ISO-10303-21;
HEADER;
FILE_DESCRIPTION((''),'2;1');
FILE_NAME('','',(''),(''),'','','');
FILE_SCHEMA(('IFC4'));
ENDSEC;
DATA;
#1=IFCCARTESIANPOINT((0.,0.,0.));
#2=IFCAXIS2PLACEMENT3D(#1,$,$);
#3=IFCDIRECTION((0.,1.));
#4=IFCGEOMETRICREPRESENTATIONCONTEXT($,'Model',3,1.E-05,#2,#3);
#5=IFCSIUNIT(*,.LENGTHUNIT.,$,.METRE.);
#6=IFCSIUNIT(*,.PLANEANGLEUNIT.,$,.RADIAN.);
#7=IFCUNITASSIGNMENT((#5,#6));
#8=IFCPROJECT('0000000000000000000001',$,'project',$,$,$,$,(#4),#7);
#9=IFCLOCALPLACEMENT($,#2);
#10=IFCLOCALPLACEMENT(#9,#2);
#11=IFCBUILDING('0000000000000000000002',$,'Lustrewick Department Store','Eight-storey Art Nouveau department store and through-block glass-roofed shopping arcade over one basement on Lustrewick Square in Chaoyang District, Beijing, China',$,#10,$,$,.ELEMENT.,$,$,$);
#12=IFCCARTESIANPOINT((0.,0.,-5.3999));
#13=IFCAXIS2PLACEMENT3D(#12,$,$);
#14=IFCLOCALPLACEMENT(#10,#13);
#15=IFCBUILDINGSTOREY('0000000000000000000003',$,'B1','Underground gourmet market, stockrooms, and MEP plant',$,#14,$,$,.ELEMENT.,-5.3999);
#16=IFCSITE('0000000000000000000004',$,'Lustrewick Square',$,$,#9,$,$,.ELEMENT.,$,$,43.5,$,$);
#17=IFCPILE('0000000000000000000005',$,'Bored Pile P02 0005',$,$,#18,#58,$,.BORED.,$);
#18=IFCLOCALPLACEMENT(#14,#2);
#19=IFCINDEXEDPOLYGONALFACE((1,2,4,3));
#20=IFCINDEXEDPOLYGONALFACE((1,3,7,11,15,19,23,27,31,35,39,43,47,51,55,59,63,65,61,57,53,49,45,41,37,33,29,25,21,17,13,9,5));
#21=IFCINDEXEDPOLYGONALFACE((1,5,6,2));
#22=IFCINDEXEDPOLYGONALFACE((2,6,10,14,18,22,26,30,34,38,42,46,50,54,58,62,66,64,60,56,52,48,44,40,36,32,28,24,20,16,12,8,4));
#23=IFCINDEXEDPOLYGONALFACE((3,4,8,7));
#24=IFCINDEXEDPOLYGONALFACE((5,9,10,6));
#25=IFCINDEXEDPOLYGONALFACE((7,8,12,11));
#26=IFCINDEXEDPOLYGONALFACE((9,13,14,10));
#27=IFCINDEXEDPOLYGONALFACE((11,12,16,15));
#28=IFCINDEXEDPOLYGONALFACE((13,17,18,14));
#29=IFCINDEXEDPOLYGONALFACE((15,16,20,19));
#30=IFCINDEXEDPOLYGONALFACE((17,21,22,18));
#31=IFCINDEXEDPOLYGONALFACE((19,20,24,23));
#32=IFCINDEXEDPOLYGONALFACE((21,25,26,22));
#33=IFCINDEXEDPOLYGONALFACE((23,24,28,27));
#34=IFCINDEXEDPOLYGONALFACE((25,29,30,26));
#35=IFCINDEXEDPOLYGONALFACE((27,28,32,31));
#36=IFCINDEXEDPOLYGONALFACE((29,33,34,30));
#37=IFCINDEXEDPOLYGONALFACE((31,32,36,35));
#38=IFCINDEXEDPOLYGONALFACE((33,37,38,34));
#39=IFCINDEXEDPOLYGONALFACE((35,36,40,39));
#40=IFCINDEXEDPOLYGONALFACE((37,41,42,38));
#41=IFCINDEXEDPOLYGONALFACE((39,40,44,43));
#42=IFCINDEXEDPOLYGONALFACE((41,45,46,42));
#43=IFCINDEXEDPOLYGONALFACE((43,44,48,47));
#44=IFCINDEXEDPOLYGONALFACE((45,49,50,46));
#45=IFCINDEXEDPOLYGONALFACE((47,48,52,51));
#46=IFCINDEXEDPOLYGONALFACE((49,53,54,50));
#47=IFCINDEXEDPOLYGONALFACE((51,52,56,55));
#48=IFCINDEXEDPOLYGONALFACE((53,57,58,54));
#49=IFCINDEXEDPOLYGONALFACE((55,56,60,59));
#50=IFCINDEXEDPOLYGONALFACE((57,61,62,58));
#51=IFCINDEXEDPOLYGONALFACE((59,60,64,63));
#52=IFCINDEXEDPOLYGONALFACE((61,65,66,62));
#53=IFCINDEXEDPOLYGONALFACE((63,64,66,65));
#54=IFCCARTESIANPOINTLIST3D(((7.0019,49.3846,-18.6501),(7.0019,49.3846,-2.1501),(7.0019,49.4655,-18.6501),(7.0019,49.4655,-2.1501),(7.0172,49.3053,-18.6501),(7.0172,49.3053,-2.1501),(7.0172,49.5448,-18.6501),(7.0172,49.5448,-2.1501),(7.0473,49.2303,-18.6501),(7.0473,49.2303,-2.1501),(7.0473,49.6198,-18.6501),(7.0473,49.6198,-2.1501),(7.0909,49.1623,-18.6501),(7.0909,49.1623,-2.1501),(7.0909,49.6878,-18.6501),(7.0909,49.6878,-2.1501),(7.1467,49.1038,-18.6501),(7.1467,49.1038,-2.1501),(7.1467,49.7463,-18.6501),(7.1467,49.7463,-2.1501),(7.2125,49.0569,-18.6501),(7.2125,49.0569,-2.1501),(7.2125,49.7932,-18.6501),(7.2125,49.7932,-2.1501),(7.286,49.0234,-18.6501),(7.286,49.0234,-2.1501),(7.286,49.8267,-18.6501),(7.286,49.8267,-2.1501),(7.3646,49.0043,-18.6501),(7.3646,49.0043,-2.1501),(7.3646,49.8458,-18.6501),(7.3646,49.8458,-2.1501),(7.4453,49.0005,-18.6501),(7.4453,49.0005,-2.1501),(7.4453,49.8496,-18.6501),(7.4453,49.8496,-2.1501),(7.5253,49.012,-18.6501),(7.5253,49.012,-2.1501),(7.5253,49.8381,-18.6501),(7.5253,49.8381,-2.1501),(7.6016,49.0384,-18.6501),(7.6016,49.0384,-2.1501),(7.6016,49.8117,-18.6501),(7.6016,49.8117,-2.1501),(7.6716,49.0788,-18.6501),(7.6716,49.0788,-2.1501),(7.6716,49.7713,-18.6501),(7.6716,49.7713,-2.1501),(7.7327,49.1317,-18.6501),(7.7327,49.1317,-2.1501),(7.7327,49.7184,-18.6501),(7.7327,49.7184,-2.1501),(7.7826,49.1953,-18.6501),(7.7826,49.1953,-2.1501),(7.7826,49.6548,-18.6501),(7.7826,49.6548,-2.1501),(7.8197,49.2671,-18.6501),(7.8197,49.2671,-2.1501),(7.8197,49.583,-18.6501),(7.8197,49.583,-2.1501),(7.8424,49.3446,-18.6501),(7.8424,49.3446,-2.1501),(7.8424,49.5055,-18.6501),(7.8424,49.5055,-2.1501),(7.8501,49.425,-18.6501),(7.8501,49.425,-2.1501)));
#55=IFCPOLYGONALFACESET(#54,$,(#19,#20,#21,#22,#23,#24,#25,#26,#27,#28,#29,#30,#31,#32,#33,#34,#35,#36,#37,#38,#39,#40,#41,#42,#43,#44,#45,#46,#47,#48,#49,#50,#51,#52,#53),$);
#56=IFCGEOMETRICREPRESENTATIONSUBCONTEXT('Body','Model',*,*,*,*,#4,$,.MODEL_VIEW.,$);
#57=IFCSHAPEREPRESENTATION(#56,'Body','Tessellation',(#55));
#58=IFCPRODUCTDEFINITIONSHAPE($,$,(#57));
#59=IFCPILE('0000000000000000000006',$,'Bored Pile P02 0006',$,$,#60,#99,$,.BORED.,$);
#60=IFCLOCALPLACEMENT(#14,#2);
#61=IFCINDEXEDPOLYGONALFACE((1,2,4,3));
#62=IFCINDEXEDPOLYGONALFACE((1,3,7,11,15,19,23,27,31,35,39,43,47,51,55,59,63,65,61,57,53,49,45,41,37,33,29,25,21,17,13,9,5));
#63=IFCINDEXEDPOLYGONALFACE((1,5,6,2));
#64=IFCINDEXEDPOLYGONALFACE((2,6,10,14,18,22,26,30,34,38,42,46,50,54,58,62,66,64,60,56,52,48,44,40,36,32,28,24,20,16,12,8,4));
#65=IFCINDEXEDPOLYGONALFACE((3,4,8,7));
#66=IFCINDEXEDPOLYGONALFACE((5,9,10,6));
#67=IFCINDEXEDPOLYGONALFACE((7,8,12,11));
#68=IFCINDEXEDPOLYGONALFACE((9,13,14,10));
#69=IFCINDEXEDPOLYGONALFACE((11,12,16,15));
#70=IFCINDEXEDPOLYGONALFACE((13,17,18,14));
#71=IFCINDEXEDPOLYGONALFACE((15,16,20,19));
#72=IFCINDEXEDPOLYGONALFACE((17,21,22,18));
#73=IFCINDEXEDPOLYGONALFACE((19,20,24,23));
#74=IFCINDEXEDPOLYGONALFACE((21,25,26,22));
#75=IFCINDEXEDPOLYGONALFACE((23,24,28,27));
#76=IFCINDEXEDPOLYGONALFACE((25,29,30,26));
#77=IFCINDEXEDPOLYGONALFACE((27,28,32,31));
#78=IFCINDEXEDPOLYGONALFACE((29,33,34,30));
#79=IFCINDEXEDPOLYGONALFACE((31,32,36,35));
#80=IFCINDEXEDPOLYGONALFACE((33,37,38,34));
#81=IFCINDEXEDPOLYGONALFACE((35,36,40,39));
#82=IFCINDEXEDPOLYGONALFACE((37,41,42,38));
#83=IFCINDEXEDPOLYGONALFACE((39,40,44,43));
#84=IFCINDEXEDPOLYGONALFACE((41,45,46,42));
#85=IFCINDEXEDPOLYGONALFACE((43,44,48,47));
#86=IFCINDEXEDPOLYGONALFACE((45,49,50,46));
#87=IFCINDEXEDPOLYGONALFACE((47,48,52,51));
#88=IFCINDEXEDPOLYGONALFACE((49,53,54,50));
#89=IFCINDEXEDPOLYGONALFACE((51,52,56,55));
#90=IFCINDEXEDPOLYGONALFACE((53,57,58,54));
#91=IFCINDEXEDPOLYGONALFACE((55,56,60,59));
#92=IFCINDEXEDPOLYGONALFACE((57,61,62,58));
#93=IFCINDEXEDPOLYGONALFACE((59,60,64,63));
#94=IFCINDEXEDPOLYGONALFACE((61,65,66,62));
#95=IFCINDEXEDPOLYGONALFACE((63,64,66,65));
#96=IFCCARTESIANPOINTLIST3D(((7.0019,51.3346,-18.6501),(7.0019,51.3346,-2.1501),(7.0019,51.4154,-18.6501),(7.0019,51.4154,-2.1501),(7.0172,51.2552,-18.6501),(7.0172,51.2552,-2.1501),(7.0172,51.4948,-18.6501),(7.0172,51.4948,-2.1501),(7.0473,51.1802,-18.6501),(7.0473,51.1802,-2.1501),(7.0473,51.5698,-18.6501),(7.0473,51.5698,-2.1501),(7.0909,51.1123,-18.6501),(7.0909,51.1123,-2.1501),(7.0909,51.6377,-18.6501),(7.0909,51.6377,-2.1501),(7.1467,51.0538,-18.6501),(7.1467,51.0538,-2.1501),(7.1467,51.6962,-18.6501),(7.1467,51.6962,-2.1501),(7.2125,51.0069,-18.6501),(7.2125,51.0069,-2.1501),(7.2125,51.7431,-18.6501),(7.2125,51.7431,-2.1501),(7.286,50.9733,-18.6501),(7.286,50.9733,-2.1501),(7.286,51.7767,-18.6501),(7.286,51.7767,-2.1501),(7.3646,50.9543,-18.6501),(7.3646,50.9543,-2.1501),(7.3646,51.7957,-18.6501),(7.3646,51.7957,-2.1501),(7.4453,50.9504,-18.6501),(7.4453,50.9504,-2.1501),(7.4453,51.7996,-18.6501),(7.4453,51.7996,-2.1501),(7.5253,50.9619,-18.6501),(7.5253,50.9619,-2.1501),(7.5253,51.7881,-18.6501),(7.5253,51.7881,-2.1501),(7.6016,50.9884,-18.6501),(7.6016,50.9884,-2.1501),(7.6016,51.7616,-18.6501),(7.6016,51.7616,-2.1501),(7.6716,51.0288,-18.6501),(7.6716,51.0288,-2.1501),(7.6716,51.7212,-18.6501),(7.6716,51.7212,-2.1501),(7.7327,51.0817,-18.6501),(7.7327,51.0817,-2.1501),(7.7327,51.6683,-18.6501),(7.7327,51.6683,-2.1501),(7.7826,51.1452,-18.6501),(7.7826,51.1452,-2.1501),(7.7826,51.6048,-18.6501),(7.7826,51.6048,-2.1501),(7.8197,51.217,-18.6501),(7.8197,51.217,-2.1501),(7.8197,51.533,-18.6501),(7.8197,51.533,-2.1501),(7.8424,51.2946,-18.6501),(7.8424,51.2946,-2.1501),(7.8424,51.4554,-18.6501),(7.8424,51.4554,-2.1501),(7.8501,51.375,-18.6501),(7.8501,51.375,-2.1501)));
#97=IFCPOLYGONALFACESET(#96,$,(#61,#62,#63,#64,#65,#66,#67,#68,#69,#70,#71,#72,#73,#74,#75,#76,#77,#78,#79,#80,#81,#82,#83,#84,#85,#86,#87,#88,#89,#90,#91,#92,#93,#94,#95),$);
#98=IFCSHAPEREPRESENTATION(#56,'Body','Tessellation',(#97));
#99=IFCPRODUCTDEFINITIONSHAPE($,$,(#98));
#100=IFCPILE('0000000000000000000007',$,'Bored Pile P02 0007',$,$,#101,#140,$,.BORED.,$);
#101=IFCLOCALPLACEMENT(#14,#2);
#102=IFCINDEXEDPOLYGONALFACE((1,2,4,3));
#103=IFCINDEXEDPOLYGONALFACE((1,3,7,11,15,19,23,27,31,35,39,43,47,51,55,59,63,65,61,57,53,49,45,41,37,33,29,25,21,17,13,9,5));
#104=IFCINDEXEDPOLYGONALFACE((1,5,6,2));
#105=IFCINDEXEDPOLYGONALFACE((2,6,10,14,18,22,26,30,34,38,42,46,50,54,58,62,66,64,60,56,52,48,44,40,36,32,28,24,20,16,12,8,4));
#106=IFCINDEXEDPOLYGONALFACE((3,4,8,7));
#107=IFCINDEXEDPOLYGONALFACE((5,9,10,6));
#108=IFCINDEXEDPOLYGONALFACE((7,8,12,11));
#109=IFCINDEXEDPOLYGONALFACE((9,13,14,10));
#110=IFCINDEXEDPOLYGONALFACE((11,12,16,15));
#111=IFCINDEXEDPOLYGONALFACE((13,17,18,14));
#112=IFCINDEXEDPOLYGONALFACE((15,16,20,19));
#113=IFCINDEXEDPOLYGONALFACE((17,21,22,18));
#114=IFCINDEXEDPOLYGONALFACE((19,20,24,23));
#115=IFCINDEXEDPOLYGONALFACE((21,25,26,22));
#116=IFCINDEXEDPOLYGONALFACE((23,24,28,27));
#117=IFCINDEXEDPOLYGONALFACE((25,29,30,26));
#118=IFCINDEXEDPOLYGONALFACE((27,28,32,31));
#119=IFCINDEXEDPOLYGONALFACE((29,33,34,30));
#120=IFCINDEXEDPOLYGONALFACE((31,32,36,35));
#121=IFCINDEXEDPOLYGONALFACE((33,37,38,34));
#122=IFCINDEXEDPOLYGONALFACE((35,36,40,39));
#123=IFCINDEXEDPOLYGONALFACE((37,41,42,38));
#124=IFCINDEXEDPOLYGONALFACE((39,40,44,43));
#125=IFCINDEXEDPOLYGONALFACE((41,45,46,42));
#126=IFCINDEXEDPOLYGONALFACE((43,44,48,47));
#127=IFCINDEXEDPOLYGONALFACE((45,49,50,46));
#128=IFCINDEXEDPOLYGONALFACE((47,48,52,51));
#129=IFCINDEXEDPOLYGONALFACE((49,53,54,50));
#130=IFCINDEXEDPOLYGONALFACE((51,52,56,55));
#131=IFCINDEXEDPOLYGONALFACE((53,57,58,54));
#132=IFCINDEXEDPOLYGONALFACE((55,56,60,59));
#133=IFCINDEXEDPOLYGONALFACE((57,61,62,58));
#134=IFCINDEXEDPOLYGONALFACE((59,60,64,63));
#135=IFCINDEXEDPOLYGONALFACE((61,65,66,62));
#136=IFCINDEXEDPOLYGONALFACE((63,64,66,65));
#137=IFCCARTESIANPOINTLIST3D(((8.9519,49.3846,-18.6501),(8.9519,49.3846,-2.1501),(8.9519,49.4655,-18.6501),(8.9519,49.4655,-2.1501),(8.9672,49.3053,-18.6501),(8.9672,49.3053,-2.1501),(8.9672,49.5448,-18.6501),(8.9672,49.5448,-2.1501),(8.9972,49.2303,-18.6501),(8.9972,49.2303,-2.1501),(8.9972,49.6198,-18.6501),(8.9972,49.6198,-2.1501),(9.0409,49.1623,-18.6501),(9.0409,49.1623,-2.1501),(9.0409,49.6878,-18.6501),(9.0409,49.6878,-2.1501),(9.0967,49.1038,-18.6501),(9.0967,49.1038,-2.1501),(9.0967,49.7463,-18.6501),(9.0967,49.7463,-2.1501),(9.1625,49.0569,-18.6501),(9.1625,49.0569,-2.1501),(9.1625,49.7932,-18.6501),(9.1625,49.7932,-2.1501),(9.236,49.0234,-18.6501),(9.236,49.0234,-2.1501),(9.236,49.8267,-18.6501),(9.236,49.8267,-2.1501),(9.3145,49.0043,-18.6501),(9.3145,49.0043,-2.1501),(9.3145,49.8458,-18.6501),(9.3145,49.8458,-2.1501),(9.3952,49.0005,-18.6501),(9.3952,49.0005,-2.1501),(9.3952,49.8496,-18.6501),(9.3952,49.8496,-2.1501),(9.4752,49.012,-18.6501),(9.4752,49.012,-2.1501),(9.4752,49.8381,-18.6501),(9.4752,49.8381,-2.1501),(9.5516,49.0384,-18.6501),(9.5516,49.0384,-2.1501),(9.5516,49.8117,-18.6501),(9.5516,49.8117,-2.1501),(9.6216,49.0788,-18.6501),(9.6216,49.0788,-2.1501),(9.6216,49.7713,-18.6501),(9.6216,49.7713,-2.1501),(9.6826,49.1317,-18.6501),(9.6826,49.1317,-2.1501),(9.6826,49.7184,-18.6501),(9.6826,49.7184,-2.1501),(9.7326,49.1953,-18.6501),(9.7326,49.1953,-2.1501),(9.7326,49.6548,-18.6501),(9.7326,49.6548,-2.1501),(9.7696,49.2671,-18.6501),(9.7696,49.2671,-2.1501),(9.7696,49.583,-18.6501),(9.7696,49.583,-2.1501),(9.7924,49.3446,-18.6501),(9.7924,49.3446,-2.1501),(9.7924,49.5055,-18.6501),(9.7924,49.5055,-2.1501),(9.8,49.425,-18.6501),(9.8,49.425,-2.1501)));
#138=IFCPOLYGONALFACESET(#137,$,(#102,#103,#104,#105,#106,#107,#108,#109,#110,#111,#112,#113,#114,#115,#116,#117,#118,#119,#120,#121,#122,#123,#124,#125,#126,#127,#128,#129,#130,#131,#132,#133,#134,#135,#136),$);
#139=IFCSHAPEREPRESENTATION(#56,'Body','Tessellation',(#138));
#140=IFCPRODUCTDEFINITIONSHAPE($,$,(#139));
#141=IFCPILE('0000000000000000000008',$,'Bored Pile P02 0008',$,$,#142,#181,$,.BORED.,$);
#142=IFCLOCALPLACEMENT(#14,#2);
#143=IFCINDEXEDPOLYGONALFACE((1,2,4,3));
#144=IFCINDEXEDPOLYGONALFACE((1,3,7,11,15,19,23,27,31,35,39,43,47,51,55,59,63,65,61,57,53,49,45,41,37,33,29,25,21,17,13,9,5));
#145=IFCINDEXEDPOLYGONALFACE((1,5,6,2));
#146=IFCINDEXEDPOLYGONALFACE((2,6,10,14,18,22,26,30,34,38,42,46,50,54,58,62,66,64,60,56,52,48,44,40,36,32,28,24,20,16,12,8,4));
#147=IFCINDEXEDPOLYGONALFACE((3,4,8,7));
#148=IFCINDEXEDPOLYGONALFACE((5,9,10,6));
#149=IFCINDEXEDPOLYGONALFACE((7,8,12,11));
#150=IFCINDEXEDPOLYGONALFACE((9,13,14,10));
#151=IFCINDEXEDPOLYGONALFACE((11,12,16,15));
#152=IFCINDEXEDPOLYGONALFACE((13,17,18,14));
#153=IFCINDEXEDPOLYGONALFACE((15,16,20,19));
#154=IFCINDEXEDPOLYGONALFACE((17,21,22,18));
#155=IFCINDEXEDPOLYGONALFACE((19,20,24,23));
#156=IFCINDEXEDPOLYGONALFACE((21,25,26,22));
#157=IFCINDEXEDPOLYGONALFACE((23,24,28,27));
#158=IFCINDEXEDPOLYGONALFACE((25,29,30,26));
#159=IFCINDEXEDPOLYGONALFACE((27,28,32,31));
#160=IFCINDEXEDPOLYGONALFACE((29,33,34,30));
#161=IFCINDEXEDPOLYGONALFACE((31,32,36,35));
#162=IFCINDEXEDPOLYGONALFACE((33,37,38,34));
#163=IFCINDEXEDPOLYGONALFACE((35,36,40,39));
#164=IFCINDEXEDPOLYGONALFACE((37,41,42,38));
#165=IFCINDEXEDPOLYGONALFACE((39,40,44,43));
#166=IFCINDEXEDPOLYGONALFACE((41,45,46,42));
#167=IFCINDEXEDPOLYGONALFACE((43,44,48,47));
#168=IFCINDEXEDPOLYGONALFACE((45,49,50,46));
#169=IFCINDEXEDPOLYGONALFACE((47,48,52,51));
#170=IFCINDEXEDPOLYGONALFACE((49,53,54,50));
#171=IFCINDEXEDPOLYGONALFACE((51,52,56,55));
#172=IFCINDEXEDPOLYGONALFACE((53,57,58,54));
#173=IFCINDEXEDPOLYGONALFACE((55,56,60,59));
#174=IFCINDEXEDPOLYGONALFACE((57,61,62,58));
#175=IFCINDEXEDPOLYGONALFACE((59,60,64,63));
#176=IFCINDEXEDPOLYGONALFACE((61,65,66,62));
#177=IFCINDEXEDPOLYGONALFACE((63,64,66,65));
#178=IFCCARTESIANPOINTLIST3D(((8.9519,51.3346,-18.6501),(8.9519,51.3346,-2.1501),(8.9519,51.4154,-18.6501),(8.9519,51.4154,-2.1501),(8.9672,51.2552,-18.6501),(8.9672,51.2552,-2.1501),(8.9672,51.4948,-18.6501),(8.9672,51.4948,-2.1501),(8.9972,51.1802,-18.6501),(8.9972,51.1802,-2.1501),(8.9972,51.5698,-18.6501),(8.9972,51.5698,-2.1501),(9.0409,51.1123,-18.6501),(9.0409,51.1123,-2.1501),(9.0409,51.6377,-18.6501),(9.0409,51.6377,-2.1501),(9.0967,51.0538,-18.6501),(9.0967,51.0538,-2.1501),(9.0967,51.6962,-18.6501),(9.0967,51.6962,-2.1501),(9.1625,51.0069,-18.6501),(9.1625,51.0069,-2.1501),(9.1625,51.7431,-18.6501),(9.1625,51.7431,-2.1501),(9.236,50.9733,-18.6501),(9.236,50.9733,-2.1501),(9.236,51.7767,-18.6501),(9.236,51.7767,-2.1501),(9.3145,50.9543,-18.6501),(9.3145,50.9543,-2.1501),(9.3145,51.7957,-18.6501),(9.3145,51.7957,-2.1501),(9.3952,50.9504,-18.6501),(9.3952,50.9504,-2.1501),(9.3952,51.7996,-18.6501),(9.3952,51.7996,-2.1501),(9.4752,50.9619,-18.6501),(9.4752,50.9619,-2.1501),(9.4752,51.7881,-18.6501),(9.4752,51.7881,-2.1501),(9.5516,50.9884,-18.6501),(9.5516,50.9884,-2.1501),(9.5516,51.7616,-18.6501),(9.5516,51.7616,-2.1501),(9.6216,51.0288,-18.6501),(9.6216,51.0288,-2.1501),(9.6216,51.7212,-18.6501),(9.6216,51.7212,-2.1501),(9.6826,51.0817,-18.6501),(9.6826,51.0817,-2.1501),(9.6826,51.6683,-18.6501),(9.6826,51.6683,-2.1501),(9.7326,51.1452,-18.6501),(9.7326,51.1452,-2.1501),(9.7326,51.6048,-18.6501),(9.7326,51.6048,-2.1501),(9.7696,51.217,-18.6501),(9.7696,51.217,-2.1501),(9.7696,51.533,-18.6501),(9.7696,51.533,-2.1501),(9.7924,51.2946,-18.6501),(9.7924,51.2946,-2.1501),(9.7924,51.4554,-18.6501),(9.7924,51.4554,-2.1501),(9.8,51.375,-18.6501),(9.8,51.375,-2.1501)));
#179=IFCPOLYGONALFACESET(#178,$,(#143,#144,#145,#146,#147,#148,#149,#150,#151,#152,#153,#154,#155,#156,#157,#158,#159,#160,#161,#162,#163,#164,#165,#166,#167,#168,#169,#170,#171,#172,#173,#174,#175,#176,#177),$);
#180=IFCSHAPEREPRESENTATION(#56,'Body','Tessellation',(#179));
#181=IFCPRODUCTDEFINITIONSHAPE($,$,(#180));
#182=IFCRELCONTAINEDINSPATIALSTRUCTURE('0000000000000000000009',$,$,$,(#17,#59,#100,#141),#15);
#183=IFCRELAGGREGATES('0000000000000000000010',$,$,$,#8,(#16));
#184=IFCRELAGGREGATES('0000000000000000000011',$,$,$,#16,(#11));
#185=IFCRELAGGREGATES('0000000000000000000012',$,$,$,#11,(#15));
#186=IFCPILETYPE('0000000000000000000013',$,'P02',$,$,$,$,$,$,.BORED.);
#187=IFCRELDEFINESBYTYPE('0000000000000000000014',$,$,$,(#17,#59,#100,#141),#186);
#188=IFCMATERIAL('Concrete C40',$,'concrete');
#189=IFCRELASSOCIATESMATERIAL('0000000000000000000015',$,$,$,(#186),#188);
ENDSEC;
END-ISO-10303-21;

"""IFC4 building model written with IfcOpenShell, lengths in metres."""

from ifc_helpers import new_model, si_unit, direction, frame, origin, origin_2d, place, context, subcontext, project, spatial, circle, extrude, material, material_profile, profile_set, type_object, element, save


model = new_model("IFC4")

# Units and contexts
model_context = context("Model", 3, precision=1e-05, world=origin(), true_north=direction((0.0, 1.0)))
body_context = subcontext(model_context, "Body", "Model", "MODEL_VIEW")
ifc_project = project(units=[si_unit("LENGTHUNIT", "METRE"), si_unit("PLANEANGLEUNIT", "RADIAN")], contexts=[model_context])

# Site, building, storey
site_placement = place(None, origin())
site = spatial("IfcSite", under=ifc_project, at=site_placement, Name="Lustrewick Square", CompositionType="ELEMENT", RefElevation=43.5)
building_placement = place(site_placement, origin())
building = spatial("IfcBuilding", under=site, at=building_placement, Name="Lustrewick Department Store", Description="Eight-storey Art Nouveau department store and through-block glass-roofed shopping arcade over one basement on Lustrewick Square in Chaoyang District, Beijing, China", CompositionType="ELEMENT")
storey_placement = place(building_placement, frame((0.0, 0.0, -5.3999)))
storey = spatial("IfcBuildingStorey", under=building, at=storey_placement, Name="B1", Description="Underground gourmet market, stockrooms, and MEP plant", CompositionType="ELEMENT", Elevation=-5.3999)

# Piles
ifc_material_1 = material(Name="Concrete C40", Category="concrete")
ifc_material_profile_1 = material_profile(ifc_material_1, circle(Radius=0.425, at=origin_2d()), Name="PILE D850")
ifc_profile_set_1 = profile_set([ifc_material_profile_1], Name="Concrete C40")
pile_type_1 = type_object("IfcPileType", Name="P02", PredefinedType="BORED", material=ifc_profile_set_1)
for number, where, z_axis, x_axis, name in (
    (1, (7.425, 49.425, -2.1501), (0.0, 0.0, -1.0), (1.0, 0.0, 0.0), "Bored Pile P02 0005"),
    (2, (7.425, 51.375, -2.1501), (0.0, 0.0, -1.0), (1.0, 0.0, 0.0), "Bored Pile P02 0006"),
    (3, (9.375, 49.425, -2.1501), (0.0, 0.0, -1.0), (1.0, 0.0, 0.0), "Bored Pile P02 0007"),
    (4, (9.375, 51.375, -2.1501), (0.0, 0.0, -1.0), (1.0, 0.0, 0.0), "Bored Pile P02 0008"),
):
    element("IfcPile", number, at=place(storey_placement, frame(where, z_axis=z_axis, x_axis=x_axis)), inside=storey, type_object=pile_type_1, Name=name, PredefinedType="BORED", context=body_context, shape_type="SweptSolid", body=[
        extrude(circle(Radius=0.425, at=origin_2d()), origin(), (0.0, 0.0, 1.0), 16.5),
    ])

save(model, "model.ifc")
